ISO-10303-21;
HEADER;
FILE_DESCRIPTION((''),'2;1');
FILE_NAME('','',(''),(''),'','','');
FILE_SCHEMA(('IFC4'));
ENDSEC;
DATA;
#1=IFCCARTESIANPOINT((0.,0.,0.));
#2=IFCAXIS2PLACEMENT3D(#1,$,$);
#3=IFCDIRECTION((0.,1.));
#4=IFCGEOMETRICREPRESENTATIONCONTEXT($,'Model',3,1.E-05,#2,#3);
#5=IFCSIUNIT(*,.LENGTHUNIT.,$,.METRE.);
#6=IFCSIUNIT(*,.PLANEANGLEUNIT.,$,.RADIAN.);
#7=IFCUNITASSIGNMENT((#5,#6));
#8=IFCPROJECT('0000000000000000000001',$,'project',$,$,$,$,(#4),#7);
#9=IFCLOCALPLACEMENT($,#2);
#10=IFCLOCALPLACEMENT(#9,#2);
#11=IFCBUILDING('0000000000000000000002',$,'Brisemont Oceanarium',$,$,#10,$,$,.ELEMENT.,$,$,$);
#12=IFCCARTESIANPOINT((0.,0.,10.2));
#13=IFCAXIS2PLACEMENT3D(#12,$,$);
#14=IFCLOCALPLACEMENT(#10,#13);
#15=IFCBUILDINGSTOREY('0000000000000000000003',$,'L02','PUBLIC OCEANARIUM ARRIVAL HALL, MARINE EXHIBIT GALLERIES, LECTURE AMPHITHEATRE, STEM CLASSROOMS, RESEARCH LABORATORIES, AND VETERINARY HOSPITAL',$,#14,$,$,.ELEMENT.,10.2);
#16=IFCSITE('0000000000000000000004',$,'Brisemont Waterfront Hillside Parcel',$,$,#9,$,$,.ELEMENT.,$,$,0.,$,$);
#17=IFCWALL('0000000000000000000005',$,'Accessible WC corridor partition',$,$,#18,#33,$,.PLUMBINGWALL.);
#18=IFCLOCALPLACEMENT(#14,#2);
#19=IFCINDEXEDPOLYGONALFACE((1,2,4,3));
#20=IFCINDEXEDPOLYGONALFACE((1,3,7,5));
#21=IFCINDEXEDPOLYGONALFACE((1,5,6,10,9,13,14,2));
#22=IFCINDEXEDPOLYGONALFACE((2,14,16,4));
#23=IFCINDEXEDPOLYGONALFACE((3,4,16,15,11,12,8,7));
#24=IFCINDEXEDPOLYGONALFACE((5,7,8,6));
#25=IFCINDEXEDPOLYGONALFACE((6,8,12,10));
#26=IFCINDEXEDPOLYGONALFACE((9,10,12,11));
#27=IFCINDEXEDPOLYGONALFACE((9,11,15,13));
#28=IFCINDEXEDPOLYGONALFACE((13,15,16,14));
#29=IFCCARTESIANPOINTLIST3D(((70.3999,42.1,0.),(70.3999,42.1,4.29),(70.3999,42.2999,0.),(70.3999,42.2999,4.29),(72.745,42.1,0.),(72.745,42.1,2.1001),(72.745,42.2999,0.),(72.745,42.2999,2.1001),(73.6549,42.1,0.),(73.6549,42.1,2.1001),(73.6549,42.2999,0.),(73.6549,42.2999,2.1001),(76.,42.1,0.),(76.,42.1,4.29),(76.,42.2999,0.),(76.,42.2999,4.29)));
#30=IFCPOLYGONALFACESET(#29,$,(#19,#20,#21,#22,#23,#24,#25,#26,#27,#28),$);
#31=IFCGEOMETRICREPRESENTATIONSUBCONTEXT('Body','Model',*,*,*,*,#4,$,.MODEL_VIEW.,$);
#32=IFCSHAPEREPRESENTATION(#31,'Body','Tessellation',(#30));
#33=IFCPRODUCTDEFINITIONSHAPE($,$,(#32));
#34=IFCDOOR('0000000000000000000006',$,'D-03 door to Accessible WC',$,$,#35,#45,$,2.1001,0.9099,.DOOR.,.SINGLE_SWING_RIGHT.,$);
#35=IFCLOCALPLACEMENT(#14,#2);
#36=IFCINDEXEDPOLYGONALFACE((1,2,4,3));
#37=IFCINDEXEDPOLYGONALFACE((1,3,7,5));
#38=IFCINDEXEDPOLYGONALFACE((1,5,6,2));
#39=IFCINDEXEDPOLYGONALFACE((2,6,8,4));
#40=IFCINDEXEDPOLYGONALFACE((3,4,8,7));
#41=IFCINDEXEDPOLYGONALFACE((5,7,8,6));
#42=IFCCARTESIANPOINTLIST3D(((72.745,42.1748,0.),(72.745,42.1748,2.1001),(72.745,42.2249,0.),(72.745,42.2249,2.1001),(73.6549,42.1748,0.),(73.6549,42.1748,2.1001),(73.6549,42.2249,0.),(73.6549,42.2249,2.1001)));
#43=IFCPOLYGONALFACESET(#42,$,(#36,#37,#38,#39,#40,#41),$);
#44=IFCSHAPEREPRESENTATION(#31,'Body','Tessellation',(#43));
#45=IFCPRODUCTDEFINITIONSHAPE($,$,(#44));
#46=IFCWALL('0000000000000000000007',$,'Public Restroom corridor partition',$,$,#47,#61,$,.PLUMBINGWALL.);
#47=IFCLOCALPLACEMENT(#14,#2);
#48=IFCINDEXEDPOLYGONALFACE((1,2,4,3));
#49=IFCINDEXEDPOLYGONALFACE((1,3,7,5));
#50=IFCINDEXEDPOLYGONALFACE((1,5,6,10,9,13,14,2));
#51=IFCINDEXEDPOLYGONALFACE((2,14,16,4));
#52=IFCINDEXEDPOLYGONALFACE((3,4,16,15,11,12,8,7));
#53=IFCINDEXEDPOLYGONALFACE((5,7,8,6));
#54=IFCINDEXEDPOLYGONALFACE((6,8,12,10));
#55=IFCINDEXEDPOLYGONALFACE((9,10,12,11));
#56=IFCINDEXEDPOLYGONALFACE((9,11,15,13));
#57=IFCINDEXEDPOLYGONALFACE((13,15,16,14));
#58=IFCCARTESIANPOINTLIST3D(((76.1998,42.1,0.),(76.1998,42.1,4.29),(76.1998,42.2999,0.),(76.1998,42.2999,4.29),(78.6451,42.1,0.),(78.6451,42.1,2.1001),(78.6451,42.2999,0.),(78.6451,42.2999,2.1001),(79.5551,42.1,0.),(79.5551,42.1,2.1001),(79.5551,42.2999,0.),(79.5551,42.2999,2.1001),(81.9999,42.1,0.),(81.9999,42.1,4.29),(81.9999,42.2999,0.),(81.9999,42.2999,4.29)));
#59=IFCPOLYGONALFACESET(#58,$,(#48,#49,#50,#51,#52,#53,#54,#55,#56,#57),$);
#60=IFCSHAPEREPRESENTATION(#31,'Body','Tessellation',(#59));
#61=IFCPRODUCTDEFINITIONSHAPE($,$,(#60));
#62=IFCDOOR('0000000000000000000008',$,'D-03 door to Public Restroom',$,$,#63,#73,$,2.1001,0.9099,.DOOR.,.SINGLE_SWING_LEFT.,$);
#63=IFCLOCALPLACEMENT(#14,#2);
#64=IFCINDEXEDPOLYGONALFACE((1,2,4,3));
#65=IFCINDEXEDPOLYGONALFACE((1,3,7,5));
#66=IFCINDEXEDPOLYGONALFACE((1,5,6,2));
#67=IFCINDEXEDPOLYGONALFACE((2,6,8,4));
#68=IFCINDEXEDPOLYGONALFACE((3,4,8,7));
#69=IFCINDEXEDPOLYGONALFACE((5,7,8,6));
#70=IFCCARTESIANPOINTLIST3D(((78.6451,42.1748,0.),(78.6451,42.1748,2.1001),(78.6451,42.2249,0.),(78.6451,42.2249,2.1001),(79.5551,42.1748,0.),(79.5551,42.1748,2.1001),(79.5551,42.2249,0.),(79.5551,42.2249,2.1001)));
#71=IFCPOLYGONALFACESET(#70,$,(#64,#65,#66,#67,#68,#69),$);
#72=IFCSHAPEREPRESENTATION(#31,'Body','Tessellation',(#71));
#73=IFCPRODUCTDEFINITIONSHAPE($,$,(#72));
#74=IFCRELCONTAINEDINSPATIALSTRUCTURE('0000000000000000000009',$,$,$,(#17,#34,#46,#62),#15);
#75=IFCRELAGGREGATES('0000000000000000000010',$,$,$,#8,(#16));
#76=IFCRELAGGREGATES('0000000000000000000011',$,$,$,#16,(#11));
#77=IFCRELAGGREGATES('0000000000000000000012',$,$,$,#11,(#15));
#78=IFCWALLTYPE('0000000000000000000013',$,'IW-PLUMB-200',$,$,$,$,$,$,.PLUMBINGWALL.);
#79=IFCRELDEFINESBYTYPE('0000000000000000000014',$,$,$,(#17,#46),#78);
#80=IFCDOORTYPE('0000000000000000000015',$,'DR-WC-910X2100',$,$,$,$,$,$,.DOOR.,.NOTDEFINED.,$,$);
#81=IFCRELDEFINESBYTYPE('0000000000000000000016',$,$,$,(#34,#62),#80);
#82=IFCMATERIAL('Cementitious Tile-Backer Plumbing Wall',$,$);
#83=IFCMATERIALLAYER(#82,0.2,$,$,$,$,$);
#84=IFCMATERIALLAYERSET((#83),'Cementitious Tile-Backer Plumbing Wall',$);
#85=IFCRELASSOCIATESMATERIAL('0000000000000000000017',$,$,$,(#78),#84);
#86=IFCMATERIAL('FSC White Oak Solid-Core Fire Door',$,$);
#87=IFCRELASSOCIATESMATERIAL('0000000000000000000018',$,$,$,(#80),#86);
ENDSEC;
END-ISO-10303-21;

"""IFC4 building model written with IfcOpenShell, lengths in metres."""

from ifc_helpers import new_model, si_unit, direction, frame, frame_2d, origin, place, context, subcontext, project, spatial, rectangle, extrude, material, layer, layer_set, type_object, element, fill, save


model = new_model("IFC4")

# Units and contexts
model_context = context("Model", 3, precision=1e-05, world=origin(), true_north=direction((0.0, 1.0)))
body_context = subcontext(model_context, "Body", "Model", "MODEL_VIEW")
ifc_project = project(units=[si_unit("LENGTHUNIT", "METRE"), si_unit("PLANEANGLEUNIT", "RADIAN")], contexts=[model_context])

# Site, building, storey
site_placement = place(None, origin())
site = spatial("IfcSite", under=ifc_project, at=site_placement, Name="Brisemont Waterfront Hillside Parcel", CompositionType="ELEMENT", RefElevation=0.0)
building_placement = place(site_placement, origin())
building = spatial("IfcBuilding", under=site, at=building_placement, Name="Brisemont Oceanarium", CompositionType="ELEMENT")
storey_placement = place(building_placement, frame((0.0, 0.0, 10.2)))
storey = spatial("IfcBuildingStorey", under=building, at=storey_placement, Name="L02", Description="PUBLIC OCEANARIUM ARRIVAL HALL, MARINE EXHIBIT GALLERIES, LECTURE AMPHITHEATRE, STEM CLASSROOMS, RESEARCH LABORATORIES, AND VETERINARY HOSPITAL", CompositionType="ELEMENT", Elevation=10.2)

# Walls, openings, doors
ifc_material_1 = material(Name="Cementitious Tile-Backer Plumbing Wall")
ifc_layer_1 = layer(ifc_material_1, 0.2)
ifc_layer_set_1 = layer_set([ifc_layer_1], Name="Cementitious Tile-Backer Plumbing Wall")
wall_type_1 = type_object("IfcWallType", Name="IW-PLUMB-200", PredefinedType="PLUMBINGWALL", material=ifc_layer_set_1)
wall_1_placement = place(storey_placement, frame((70.3999, 42.2, 0.0), z_axis=(0.0, 0.0, 1.0), x_axis=(1.0, 0.0, 0.0)))
wall_1 = element("IfcWall", 1, at=wall_1_placement, inside=storey, type_object=wall_type_1, Name="Accessible WC corridor partition", PredefinedType="PLUMBINGWALL", context=body_context, shape_type="SweptSolid", body=[
    extrude(rectangle(XDim=5.6001, YDim=0.2, at=frame_2d((2.8, 0.0))), origin(), (0.0, 0.0, 1.0), 4.29),
])
opening_1_placement = place(wall_1_placement, frame((2.345, 0.0, 0.0)))
opening_1 = element("IfcOpeningElement", 2, at=opening_1_placement, cuts=wall_1, PredefinedType="OPENING", context=body_context, shape_type="SweptSolid", body=[
    extrude(rectangle(XDim=0.9099, YDim=2.1001, at=frame_2d((0.4551, 1.05))), frame((0.0, 0.1099, 0.0), z_axis=(0.0, -1.0, 0.0), x_axis=(1.0, 0.0, 0.0)), (0.0, 0.0, 1.0), 0.22),
])
ifc_material_2 = material(Name="FSC White Oak Solid-Core Fire Door")
door_type_1 = type_object("IfcDoorType", Name="DR-WC-910X2100", OperationType="NOTDEFINED", PredefinedType="DOOR", material=ifc_material_2)
door_1_placement = place(opening_1_placement, origin())
door_1 = element("IfcDoor", 3, at=door_1_placement, inside=storey, type_object=door_type_1, Name="D-03 door to Accessible WC", OperationType="SINGLE_SWING_RIGHT", OverallHeight=2.1001, OverallWidth=0.9099, PredefinedType="DOOR", context=body_context, shape_type="SweptSolid", body=[
    extrude(rectangle(XDim=0.9099, YDim=2.1001, at=frame_2d((0.4551, 1.05))), frame((0.0, 0.0249, 0.0), z_axis=(0.0, -1.0, 0.0), x_axis=(1.0, 0.0, 0.0)), (0.0, 0.0, 1.0), 0.05),
])
fill(opening_1, door_1)
wall_2_placement = place(storey_placement, frame((76.2, 42.2, 0.0), z_axis=(0.0, 0.0, 1.0), x_axis=(1.0, 0.0, 0.0)))
wall_2 = element("IfcWall", 4, at=wall_2_placement, inside=storey, type_object=wall_type_1, Name="Public Restroom corridor partition", PredefinedType="PLUMBINGWALL", context=body_context, shape_type="SweptSolid", body=[
    extrude(rectangle(XDim=5.8, YDim=0.2, at=frame_2d((2.8999, 0.0))), origin(), (0.0, 0.0, 1.0), 4.29),
])
opening_2_placement = place(wall_2_placement, frame((2.4451, 0.0, 0.0)))
opening_2 = element("IfcOpeningElement", 5, at=opening_2_placement, cuts=wall_2, PredefinedType="OPENING", context=body_context, shape_type="SweptSolid", body=[
    extrude(rectangle(XDim=0.9099, YDim=2.1001, at=frame_2d((0.4551, 1.05))), frame((0.0, 0.1099, 0.0), z_axis=(0.0, -1.0, 0.0), x_axis=(1.0, 0.0, 0.0)), (0.0, 0.0, 1.0), 0.22),
])
door_2_placement = place(opening_2_placement, origin())
door_2 = element("IfcDoor", 6, at=door_2_placement, inside=storey, type_object=door_type_1, Name="D-03 door to Public Restroom", OperationType="SINGLE_SWING_LEFT", OverallHeight=2.1001, OverallWidth=0.9099, PredefinedType="DOOR", context=body_context, shape_type="SweptSolid", body=[
    extrude(rectangle(XDim=0.9099, YDim=2.1001, at=frame_2d((0.4551, 1.05))), frame((0.0, 0.0249, 0.0), z_axis=(0.0, -1.0, 0.0), x_axis=(1.0, 0.0, 0.0)), (0.0, 0.0, 1.0), 0.05),
])
fill(opening_2, door_2)

save(model, "model.ifc")
